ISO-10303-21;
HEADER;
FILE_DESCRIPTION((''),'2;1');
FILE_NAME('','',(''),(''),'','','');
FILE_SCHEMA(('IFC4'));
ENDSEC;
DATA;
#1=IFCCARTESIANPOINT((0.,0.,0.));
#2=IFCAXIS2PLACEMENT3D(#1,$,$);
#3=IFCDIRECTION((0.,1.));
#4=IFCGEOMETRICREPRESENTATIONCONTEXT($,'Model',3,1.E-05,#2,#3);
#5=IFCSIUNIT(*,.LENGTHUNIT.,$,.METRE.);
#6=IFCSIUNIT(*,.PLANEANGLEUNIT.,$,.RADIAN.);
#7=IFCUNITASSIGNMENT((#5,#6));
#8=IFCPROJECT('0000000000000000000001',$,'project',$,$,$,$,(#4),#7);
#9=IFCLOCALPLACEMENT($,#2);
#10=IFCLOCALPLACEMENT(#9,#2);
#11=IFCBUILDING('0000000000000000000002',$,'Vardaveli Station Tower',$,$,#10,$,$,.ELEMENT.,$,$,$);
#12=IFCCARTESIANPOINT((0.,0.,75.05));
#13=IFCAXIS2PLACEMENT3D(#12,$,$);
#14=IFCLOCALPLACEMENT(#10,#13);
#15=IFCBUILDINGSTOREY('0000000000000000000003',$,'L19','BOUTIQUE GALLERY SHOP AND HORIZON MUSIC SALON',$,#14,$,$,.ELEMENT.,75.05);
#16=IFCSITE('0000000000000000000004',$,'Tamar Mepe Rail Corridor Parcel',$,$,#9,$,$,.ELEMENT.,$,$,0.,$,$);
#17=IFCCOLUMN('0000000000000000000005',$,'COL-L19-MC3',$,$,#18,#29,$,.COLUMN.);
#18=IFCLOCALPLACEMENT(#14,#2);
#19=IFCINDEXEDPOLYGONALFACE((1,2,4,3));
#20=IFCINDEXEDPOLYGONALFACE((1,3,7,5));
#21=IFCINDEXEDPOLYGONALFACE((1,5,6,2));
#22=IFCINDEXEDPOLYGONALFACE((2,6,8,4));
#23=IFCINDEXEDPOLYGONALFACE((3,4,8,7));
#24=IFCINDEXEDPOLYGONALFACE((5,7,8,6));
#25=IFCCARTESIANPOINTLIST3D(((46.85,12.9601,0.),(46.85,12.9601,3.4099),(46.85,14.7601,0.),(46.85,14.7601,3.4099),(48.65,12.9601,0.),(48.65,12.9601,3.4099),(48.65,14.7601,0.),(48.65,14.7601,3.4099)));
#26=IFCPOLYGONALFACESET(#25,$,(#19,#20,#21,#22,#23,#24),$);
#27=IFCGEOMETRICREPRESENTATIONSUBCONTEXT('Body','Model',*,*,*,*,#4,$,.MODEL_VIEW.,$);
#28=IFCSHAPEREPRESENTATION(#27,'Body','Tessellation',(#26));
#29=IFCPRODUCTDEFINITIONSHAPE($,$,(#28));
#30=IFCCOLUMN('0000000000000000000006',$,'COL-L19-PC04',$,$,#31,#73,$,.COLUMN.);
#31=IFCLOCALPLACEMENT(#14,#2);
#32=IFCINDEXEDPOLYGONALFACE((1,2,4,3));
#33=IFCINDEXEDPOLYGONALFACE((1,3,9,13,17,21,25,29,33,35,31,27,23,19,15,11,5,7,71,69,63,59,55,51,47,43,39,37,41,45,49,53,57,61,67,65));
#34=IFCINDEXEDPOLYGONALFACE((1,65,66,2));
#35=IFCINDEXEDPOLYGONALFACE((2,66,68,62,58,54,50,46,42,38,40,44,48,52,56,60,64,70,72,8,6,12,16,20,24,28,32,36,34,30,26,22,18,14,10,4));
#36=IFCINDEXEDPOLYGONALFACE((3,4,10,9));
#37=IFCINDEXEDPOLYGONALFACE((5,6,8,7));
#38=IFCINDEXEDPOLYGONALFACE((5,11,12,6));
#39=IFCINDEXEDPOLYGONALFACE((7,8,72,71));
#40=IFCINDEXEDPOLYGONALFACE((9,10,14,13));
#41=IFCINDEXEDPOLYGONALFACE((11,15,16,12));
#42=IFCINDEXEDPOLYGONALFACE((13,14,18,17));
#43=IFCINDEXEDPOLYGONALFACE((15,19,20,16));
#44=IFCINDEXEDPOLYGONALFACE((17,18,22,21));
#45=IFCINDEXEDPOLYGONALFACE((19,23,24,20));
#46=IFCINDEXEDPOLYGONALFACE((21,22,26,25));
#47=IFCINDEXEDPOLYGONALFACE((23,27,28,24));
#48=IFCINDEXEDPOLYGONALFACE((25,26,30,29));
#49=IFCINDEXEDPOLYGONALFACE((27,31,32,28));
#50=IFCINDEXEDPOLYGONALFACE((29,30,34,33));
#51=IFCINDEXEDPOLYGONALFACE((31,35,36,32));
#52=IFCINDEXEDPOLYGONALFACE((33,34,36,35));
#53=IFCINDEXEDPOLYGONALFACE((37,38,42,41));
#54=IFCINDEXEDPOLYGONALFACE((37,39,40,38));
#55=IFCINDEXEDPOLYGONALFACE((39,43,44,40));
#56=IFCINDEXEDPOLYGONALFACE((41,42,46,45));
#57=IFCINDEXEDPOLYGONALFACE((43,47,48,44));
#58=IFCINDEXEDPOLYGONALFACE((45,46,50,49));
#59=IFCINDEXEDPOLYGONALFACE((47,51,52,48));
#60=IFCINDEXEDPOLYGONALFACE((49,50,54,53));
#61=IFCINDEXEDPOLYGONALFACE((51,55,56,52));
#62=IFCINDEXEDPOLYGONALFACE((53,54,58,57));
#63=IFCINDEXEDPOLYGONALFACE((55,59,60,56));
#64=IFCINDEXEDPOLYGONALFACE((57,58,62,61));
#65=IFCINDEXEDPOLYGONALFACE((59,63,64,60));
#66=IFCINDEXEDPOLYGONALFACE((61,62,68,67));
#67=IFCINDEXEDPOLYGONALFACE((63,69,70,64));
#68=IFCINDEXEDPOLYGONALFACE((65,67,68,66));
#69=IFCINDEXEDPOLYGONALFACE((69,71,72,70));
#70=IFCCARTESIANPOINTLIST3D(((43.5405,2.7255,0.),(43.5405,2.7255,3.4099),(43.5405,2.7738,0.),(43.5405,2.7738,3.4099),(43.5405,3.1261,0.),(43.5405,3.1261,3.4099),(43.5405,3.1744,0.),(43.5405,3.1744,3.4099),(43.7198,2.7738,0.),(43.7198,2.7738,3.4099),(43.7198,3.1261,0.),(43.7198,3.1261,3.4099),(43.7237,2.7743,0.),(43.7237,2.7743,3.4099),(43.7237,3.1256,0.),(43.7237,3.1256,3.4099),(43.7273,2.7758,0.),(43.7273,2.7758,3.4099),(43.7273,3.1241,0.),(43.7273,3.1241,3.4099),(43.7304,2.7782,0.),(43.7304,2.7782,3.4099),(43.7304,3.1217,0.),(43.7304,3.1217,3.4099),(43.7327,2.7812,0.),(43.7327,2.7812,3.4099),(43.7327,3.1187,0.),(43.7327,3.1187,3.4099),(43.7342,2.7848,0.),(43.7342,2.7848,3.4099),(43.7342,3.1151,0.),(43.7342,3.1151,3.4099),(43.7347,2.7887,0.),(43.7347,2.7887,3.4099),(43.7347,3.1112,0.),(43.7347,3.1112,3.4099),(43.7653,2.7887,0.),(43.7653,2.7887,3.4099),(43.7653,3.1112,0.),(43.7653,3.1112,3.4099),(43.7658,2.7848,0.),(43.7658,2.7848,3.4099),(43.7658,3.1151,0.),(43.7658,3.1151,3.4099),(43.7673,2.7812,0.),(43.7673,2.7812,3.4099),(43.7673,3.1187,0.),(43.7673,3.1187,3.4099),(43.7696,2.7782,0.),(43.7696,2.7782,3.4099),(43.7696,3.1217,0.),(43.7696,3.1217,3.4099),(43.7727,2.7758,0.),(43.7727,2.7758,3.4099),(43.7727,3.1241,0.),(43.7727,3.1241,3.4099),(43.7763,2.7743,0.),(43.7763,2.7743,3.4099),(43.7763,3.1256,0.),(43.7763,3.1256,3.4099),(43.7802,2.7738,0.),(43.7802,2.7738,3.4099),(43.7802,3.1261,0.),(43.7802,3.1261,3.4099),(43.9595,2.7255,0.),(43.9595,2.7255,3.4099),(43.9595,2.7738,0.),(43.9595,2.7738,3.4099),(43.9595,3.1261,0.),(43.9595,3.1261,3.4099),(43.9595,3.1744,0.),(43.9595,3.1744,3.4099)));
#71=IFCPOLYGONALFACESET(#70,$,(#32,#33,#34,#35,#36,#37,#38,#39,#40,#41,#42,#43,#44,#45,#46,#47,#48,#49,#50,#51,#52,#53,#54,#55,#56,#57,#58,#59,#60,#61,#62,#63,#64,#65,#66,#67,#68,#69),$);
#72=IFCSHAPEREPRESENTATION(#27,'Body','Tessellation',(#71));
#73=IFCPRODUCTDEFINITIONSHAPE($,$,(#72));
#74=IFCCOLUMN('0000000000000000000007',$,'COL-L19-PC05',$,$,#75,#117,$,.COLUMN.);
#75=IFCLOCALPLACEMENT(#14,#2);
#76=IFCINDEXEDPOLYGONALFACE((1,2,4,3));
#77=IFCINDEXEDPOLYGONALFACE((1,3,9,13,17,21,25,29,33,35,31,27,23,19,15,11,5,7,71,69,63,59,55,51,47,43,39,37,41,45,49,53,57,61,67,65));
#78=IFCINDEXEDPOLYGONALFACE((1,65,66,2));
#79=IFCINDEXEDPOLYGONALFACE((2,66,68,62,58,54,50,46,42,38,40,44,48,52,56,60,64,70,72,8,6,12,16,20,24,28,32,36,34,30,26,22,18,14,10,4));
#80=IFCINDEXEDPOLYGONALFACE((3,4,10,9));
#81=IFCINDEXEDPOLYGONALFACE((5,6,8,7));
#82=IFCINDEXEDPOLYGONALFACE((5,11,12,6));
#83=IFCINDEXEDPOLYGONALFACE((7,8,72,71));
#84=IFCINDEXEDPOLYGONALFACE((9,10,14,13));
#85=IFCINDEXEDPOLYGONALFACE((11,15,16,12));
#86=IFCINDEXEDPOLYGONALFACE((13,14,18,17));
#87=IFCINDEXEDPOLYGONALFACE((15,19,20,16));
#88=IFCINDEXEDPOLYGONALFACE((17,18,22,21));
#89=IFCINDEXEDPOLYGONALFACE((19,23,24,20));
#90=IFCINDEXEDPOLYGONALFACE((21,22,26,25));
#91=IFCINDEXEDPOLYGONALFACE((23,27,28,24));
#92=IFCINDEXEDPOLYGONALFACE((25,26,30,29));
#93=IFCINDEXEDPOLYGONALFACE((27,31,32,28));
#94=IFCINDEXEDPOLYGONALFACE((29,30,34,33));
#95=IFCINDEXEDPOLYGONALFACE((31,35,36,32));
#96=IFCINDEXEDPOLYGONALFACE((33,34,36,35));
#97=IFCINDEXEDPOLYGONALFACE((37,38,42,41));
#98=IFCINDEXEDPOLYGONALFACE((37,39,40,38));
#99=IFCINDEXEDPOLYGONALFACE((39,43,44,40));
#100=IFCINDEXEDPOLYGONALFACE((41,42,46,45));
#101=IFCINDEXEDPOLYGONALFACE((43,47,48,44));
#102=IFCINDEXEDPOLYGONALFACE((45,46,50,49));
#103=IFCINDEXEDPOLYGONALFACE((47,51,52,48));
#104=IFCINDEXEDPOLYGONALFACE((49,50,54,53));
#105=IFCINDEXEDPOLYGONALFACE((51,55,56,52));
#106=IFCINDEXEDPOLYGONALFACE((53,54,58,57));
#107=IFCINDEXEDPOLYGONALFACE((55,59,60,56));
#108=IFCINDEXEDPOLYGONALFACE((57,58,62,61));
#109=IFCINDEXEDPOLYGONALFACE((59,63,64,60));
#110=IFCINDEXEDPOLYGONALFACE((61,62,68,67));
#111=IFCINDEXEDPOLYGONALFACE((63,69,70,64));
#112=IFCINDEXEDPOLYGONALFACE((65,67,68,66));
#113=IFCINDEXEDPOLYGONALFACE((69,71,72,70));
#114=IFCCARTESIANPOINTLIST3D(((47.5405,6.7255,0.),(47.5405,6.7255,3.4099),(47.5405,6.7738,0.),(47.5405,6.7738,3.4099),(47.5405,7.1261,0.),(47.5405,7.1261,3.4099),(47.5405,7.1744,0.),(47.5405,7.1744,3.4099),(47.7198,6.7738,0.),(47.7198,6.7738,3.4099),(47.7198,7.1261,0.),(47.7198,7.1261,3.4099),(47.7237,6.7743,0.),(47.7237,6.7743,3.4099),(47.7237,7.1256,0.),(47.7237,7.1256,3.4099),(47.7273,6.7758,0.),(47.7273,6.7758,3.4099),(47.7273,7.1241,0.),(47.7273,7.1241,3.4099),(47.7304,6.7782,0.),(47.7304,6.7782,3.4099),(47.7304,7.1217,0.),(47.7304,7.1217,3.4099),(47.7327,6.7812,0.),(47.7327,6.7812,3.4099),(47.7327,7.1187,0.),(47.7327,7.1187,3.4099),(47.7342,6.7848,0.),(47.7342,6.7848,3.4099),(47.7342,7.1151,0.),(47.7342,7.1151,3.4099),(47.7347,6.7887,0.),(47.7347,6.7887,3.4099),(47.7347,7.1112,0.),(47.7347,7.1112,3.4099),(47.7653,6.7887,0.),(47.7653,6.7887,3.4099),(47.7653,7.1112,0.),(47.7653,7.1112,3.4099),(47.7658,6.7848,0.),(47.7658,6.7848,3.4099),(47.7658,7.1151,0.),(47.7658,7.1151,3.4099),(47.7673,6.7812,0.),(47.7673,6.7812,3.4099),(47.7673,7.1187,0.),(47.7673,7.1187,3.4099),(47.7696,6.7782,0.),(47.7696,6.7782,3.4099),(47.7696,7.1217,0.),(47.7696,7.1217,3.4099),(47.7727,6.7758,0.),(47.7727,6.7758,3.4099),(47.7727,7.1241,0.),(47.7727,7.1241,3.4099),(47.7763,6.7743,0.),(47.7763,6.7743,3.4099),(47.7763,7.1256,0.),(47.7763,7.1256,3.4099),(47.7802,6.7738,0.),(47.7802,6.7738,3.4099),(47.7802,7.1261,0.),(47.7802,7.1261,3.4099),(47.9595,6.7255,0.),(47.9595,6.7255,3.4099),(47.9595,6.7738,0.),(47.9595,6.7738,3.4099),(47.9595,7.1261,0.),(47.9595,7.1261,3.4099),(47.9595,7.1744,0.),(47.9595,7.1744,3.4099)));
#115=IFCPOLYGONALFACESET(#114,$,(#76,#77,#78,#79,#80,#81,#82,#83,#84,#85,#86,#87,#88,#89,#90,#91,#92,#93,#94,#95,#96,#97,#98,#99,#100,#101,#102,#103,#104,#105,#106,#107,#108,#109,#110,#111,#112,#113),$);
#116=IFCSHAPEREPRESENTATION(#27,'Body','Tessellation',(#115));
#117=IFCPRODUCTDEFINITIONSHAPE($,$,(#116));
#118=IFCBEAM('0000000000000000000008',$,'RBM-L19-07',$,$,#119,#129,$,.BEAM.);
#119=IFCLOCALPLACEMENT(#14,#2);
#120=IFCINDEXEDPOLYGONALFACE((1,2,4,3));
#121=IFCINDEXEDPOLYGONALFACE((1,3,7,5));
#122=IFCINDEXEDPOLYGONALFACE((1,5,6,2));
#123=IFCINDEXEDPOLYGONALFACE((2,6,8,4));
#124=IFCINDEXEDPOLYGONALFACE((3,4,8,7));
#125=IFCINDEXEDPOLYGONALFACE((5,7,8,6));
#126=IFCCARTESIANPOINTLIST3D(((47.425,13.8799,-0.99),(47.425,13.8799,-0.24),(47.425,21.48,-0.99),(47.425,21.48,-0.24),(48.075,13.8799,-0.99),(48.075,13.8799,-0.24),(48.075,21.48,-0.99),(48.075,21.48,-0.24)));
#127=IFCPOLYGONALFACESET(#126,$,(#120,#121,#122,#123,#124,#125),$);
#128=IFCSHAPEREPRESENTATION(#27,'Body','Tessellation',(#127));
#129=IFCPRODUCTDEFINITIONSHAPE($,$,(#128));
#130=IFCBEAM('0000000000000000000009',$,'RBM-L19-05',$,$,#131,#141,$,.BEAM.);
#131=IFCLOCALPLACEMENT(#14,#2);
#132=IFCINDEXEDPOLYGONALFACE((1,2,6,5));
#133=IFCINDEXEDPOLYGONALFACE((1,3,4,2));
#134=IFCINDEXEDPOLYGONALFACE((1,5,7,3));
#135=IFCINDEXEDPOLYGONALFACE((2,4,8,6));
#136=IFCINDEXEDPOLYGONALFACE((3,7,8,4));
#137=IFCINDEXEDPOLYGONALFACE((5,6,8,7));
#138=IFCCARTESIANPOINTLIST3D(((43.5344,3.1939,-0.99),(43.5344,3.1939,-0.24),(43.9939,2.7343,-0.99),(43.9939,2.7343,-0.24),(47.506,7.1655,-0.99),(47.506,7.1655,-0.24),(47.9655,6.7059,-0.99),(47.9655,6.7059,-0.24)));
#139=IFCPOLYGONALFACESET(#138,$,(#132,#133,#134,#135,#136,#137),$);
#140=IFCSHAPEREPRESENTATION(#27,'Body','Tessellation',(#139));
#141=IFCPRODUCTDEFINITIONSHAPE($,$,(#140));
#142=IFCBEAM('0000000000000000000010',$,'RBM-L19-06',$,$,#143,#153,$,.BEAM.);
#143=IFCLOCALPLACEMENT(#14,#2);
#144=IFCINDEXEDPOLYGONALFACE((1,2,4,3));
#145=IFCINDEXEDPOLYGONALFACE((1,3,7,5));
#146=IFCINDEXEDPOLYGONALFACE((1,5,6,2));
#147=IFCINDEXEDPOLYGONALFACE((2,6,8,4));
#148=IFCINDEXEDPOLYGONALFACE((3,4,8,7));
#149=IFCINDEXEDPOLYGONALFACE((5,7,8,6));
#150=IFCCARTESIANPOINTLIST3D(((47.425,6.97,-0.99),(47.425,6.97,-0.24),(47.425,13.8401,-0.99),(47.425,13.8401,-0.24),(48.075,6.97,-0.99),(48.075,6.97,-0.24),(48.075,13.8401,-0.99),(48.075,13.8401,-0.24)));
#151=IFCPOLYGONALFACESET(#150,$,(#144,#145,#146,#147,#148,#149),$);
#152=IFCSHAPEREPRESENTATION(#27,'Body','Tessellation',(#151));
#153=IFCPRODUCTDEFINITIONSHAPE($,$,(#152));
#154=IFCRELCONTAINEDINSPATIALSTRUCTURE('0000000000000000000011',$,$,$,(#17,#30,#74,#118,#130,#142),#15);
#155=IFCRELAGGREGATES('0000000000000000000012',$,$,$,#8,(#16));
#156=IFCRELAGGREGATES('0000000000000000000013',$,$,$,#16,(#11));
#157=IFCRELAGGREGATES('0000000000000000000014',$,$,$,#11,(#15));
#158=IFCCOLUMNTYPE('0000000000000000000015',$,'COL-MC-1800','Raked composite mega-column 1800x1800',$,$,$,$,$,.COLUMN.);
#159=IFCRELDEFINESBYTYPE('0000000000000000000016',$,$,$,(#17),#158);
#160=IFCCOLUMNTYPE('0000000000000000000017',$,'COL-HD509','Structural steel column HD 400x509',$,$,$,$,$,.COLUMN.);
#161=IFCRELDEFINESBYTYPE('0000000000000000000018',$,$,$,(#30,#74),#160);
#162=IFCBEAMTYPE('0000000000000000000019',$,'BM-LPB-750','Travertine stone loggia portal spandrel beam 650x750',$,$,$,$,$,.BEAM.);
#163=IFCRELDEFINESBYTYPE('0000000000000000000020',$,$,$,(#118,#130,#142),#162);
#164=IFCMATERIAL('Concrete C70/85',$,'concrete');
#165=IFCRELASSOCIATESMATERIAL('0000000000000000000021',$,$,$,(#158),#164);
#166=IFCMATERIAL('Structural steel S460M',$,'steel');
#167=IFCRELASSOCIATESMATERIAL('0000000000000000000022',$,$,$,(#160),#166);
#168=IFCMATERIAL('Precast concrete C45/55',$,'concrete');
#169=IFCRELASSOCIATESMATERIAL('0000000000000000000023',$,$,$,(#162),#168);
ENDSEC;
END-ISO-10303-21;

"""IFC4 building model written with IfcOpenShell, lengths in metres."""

from ifc_helpers import new_model, si_unit, direction, frame, origin, origin_2d, place, context, subcontext, project, spatial, rectangle, i_section, extrude, source, transform, mapped, material, material_profile, profile_set, type_object, element, save


model = new_model("IFC4")

# Units and contexts
model_context = context("Model", 3, precision=1e-05, world=origin(), true_north=direction((0.0, 1.0)))
body_context = subcontext(model_context, "Body", "Model", "MODEL_VIEW")
ifc_project = project(units=[si_unit("LENGTHUNIT", "METRE"), si_unit("PLANEANGLEUNIT", "RADIAN")], contexts=[model_context])

# Site, building, storey
site_placement = place(None, origin())
site = spatial("IfcSite", under=ifc_project, at=site_placement, Name="Tamar Mepe Rail Corridor Parcel", CompositionType="ELEMENT", RefElevation=0.0)
building_placement = place(site_placement, origin())
building = spatial("IfcBuilding", under=site, at=building_placement, Name="Vardaveli Station Tower", CompositionType="ELEMENT")
storey_placement = place(building_placement, frame((0.0, 0.0, 75.05)))
storey = spatial("IfcBuildingStorey", under=building, at=storey_placement, Name="L19", Description="BOUTIQUE GALLERY SHOP AND HORIZON MUSIC SALON", CompositionType="ELEMENT", Elevation=75.05)

# Columns
ifc_material_1 = material(Name="Concrete C70/85", Category="concrete")
ifc_material_profile_1 = material_profile(ifc_material_1, rectangle(XDim=1.8, YDim=1.8, at=origin_2d()), Name="MC 1800x1800")
ifc_profile_set_1 = profile_set([ifc_material_profile_1], Name="Concrete C70/85")
column_type_1 = type_object("IfcColumnType", Name="COL-MC-1800", Description="Raked composite mega-column 1800x1800", PredefinedType="COLUMN", material=ifc_profile_set_1)
shared_shape_1 = source(origin(), body_context, "Body", "SweptSolid", [
    extrude(rectangle(XDim=1.8, YDim=1.8, at=origin_2d()), origin(), (0.0, 0.0, 1.0), 3.4099),
])
column_placement = place(storey_placement, frame((47.75, 13.8601, 0.0), z_axis=(0.0, 0.0, 1.0), x_axis=(1.0, 0.0, 0.0)))
element("IfcColumn", 1, at=column_placement, inside=storey, type_object=column_type_1, Name="COL-L19-MC3", PredefinedType="COLUMN", context=body_context, shape_type="MappedRepresentation", body=[
    mapped(shared_shape_1, transform((0.0, 0.0, 0.0), scale=1.0)),
])
ifc_material_2 = material(Name="Structural steel S460M", Category="steel")
ifc_material_profile_2 = material_profile(ifc_material_2, i_section(OverallWidth=0.4189, OverallDepth=0.449, WebThickness=0.0305, FlangeThickness=0.0483, FilletRadius=0.0149, at=origin_2d()), Name="HD 400x509")
ifc_profile_set_2 = profile_set([ifc_material_profile_2], Name="Structural steel S460M")
column_type_2 = type_object("IfcColumnType", Name="COL-HD509", Description="Structural steel column HD 400x509", PredefinedType="COLUMN", material=ifc_profile_set_2)
shared_shape_2 = source(origin(), body_context, "Body", "SweptSolid", [
    extrude(i_section(OverallWidth=0.4189, OverallDepth=0.449, WebThickness=0.0305, FlangeThickness=0.0483, FilletRadius=0.0149, at=origin_2d()), origin(), (0.0, 0.0, 1.0), 3.4099),
])
for number, where, z_axis, x_axis, name in (
    (2, (43.75, 2.95, 0.0), (0.0, 0.0, 1.0), (1.0, 0.0, 0.0), "COL-L19-PC04"),
    (3, (47.75, 6.95, 0.0), (0.0, 0.0, 1.0), (1.0, 0.0, 0.0), "COL-L19-PC05"),
):
    element("IfcColumn", number, at=place(storey_placement, frame(where, z_axis=z_axis, x_axis=x_axis)), inside=storey, type_object=column_type_2, Name=name, PredefinedType="COLUMN", context=body_context, shape_type="MappedRepresentation", body=[
        mapped(shared_shape_2, transform((0.0, 0.0, 0.0), scale=1.0)),
    ])

# Beams
ifc_material_3 = material(Name="Precast concrete C45/55", Category="concrete")
ifc_material_profile_3 = material_profile(ifc_material_3, rectangle(XDim=0.6499, YDim=0.75, at=origin_2d()), Name="LPB 650x750")
ifc_profile_set_3 = profile_set([ifc_material_profile_3], Name="Precast concrete C45/55")
beam_type_1 = type_object("IfcBeamType", Name="BM-LPB-750", Description="Travertine stone loggia portal spandrel beam 650x750", PredefinedType="BEAM", material=ifc_profile_set_3)
shared_shape_3 = source(origin(), body_context, "Body", "SweptSolid", [
    extrude(rectangle(XDim=0.6499, YDim=0.75, at=origin_2d()), origin(), (0.0, 0.0, 1.0), 7.6001),
])
beam_1_placement = place(storey_placement, frame((47.75, 13.8799, -0.615), z_axis=(0.0, 1.0, 0.0), x_axis=(-1.0, 0.0, 0.0)))
element("IfcBeam", 4, at=beam_1_placement, inside=storey, type_object=beam_type_1, Name="RBM-L19-07", PredefinedType="BEAM", context=body_context, shape_type="MappedRepresentation", body=[
    mapped(shared_shape_3, transform((0.0, 0.0, 0.0), scale=1.0)),
])
shared_shape_4 = source(origin(), body_context, "Body", "SweptSolid", [
    extrude(rectangle(XDim=0.6499, YDim=0.75, at=origin_2d()), origin(), (0.0, 0.0, 1.0), 5.6167),
])
beam_2_placement = place(storey_placement, frame((43.7642, 2.9641, -0.615), z_axis=(0.707107, 0.707107, 0.0), x_axis=(-0.707107, 0.707107, 0.0)))
element("IfcBeam", 5, at=beam_2_placement, inside=storey, type_object=beam_type_1, Name="RBM-L19-05", PredefinedType="BEAM", context=body_context, shape_type="MappedRepresentation", body=[
    mapped(shared_shape_4, transform((0.0, 0.0, 0.0), scale=1.0)),
])
shared_shape_5 = source(origin(), body_context, "Body", "SweptSolid", [
    extrude(rectangle(XDim=0.6499, YDim=0.75, at=origin_2d()), origin(), (0.0, 0.0, 1.0), 6.8701),
])
beam_3_placement = place(storey_placement, frame((47.75, 6.97, -0.615), z_axis=(0.0, 1.0, 0.0), x_axis=(-1.0, 0.0, 0.0)))
element("IfcBeam", 6, at=beam_3_placement, inside=storey, type_object=beam_type_1, Name="RBM-L19-06", PredefinedType="BEAM", context=body_context, shape_type="MappedRepresentation", body=[
    mapped(shared_shape_5, transform((0.0, 0.0, 0.0), scale=1.0)),
])

save(model, "model.ifc")
